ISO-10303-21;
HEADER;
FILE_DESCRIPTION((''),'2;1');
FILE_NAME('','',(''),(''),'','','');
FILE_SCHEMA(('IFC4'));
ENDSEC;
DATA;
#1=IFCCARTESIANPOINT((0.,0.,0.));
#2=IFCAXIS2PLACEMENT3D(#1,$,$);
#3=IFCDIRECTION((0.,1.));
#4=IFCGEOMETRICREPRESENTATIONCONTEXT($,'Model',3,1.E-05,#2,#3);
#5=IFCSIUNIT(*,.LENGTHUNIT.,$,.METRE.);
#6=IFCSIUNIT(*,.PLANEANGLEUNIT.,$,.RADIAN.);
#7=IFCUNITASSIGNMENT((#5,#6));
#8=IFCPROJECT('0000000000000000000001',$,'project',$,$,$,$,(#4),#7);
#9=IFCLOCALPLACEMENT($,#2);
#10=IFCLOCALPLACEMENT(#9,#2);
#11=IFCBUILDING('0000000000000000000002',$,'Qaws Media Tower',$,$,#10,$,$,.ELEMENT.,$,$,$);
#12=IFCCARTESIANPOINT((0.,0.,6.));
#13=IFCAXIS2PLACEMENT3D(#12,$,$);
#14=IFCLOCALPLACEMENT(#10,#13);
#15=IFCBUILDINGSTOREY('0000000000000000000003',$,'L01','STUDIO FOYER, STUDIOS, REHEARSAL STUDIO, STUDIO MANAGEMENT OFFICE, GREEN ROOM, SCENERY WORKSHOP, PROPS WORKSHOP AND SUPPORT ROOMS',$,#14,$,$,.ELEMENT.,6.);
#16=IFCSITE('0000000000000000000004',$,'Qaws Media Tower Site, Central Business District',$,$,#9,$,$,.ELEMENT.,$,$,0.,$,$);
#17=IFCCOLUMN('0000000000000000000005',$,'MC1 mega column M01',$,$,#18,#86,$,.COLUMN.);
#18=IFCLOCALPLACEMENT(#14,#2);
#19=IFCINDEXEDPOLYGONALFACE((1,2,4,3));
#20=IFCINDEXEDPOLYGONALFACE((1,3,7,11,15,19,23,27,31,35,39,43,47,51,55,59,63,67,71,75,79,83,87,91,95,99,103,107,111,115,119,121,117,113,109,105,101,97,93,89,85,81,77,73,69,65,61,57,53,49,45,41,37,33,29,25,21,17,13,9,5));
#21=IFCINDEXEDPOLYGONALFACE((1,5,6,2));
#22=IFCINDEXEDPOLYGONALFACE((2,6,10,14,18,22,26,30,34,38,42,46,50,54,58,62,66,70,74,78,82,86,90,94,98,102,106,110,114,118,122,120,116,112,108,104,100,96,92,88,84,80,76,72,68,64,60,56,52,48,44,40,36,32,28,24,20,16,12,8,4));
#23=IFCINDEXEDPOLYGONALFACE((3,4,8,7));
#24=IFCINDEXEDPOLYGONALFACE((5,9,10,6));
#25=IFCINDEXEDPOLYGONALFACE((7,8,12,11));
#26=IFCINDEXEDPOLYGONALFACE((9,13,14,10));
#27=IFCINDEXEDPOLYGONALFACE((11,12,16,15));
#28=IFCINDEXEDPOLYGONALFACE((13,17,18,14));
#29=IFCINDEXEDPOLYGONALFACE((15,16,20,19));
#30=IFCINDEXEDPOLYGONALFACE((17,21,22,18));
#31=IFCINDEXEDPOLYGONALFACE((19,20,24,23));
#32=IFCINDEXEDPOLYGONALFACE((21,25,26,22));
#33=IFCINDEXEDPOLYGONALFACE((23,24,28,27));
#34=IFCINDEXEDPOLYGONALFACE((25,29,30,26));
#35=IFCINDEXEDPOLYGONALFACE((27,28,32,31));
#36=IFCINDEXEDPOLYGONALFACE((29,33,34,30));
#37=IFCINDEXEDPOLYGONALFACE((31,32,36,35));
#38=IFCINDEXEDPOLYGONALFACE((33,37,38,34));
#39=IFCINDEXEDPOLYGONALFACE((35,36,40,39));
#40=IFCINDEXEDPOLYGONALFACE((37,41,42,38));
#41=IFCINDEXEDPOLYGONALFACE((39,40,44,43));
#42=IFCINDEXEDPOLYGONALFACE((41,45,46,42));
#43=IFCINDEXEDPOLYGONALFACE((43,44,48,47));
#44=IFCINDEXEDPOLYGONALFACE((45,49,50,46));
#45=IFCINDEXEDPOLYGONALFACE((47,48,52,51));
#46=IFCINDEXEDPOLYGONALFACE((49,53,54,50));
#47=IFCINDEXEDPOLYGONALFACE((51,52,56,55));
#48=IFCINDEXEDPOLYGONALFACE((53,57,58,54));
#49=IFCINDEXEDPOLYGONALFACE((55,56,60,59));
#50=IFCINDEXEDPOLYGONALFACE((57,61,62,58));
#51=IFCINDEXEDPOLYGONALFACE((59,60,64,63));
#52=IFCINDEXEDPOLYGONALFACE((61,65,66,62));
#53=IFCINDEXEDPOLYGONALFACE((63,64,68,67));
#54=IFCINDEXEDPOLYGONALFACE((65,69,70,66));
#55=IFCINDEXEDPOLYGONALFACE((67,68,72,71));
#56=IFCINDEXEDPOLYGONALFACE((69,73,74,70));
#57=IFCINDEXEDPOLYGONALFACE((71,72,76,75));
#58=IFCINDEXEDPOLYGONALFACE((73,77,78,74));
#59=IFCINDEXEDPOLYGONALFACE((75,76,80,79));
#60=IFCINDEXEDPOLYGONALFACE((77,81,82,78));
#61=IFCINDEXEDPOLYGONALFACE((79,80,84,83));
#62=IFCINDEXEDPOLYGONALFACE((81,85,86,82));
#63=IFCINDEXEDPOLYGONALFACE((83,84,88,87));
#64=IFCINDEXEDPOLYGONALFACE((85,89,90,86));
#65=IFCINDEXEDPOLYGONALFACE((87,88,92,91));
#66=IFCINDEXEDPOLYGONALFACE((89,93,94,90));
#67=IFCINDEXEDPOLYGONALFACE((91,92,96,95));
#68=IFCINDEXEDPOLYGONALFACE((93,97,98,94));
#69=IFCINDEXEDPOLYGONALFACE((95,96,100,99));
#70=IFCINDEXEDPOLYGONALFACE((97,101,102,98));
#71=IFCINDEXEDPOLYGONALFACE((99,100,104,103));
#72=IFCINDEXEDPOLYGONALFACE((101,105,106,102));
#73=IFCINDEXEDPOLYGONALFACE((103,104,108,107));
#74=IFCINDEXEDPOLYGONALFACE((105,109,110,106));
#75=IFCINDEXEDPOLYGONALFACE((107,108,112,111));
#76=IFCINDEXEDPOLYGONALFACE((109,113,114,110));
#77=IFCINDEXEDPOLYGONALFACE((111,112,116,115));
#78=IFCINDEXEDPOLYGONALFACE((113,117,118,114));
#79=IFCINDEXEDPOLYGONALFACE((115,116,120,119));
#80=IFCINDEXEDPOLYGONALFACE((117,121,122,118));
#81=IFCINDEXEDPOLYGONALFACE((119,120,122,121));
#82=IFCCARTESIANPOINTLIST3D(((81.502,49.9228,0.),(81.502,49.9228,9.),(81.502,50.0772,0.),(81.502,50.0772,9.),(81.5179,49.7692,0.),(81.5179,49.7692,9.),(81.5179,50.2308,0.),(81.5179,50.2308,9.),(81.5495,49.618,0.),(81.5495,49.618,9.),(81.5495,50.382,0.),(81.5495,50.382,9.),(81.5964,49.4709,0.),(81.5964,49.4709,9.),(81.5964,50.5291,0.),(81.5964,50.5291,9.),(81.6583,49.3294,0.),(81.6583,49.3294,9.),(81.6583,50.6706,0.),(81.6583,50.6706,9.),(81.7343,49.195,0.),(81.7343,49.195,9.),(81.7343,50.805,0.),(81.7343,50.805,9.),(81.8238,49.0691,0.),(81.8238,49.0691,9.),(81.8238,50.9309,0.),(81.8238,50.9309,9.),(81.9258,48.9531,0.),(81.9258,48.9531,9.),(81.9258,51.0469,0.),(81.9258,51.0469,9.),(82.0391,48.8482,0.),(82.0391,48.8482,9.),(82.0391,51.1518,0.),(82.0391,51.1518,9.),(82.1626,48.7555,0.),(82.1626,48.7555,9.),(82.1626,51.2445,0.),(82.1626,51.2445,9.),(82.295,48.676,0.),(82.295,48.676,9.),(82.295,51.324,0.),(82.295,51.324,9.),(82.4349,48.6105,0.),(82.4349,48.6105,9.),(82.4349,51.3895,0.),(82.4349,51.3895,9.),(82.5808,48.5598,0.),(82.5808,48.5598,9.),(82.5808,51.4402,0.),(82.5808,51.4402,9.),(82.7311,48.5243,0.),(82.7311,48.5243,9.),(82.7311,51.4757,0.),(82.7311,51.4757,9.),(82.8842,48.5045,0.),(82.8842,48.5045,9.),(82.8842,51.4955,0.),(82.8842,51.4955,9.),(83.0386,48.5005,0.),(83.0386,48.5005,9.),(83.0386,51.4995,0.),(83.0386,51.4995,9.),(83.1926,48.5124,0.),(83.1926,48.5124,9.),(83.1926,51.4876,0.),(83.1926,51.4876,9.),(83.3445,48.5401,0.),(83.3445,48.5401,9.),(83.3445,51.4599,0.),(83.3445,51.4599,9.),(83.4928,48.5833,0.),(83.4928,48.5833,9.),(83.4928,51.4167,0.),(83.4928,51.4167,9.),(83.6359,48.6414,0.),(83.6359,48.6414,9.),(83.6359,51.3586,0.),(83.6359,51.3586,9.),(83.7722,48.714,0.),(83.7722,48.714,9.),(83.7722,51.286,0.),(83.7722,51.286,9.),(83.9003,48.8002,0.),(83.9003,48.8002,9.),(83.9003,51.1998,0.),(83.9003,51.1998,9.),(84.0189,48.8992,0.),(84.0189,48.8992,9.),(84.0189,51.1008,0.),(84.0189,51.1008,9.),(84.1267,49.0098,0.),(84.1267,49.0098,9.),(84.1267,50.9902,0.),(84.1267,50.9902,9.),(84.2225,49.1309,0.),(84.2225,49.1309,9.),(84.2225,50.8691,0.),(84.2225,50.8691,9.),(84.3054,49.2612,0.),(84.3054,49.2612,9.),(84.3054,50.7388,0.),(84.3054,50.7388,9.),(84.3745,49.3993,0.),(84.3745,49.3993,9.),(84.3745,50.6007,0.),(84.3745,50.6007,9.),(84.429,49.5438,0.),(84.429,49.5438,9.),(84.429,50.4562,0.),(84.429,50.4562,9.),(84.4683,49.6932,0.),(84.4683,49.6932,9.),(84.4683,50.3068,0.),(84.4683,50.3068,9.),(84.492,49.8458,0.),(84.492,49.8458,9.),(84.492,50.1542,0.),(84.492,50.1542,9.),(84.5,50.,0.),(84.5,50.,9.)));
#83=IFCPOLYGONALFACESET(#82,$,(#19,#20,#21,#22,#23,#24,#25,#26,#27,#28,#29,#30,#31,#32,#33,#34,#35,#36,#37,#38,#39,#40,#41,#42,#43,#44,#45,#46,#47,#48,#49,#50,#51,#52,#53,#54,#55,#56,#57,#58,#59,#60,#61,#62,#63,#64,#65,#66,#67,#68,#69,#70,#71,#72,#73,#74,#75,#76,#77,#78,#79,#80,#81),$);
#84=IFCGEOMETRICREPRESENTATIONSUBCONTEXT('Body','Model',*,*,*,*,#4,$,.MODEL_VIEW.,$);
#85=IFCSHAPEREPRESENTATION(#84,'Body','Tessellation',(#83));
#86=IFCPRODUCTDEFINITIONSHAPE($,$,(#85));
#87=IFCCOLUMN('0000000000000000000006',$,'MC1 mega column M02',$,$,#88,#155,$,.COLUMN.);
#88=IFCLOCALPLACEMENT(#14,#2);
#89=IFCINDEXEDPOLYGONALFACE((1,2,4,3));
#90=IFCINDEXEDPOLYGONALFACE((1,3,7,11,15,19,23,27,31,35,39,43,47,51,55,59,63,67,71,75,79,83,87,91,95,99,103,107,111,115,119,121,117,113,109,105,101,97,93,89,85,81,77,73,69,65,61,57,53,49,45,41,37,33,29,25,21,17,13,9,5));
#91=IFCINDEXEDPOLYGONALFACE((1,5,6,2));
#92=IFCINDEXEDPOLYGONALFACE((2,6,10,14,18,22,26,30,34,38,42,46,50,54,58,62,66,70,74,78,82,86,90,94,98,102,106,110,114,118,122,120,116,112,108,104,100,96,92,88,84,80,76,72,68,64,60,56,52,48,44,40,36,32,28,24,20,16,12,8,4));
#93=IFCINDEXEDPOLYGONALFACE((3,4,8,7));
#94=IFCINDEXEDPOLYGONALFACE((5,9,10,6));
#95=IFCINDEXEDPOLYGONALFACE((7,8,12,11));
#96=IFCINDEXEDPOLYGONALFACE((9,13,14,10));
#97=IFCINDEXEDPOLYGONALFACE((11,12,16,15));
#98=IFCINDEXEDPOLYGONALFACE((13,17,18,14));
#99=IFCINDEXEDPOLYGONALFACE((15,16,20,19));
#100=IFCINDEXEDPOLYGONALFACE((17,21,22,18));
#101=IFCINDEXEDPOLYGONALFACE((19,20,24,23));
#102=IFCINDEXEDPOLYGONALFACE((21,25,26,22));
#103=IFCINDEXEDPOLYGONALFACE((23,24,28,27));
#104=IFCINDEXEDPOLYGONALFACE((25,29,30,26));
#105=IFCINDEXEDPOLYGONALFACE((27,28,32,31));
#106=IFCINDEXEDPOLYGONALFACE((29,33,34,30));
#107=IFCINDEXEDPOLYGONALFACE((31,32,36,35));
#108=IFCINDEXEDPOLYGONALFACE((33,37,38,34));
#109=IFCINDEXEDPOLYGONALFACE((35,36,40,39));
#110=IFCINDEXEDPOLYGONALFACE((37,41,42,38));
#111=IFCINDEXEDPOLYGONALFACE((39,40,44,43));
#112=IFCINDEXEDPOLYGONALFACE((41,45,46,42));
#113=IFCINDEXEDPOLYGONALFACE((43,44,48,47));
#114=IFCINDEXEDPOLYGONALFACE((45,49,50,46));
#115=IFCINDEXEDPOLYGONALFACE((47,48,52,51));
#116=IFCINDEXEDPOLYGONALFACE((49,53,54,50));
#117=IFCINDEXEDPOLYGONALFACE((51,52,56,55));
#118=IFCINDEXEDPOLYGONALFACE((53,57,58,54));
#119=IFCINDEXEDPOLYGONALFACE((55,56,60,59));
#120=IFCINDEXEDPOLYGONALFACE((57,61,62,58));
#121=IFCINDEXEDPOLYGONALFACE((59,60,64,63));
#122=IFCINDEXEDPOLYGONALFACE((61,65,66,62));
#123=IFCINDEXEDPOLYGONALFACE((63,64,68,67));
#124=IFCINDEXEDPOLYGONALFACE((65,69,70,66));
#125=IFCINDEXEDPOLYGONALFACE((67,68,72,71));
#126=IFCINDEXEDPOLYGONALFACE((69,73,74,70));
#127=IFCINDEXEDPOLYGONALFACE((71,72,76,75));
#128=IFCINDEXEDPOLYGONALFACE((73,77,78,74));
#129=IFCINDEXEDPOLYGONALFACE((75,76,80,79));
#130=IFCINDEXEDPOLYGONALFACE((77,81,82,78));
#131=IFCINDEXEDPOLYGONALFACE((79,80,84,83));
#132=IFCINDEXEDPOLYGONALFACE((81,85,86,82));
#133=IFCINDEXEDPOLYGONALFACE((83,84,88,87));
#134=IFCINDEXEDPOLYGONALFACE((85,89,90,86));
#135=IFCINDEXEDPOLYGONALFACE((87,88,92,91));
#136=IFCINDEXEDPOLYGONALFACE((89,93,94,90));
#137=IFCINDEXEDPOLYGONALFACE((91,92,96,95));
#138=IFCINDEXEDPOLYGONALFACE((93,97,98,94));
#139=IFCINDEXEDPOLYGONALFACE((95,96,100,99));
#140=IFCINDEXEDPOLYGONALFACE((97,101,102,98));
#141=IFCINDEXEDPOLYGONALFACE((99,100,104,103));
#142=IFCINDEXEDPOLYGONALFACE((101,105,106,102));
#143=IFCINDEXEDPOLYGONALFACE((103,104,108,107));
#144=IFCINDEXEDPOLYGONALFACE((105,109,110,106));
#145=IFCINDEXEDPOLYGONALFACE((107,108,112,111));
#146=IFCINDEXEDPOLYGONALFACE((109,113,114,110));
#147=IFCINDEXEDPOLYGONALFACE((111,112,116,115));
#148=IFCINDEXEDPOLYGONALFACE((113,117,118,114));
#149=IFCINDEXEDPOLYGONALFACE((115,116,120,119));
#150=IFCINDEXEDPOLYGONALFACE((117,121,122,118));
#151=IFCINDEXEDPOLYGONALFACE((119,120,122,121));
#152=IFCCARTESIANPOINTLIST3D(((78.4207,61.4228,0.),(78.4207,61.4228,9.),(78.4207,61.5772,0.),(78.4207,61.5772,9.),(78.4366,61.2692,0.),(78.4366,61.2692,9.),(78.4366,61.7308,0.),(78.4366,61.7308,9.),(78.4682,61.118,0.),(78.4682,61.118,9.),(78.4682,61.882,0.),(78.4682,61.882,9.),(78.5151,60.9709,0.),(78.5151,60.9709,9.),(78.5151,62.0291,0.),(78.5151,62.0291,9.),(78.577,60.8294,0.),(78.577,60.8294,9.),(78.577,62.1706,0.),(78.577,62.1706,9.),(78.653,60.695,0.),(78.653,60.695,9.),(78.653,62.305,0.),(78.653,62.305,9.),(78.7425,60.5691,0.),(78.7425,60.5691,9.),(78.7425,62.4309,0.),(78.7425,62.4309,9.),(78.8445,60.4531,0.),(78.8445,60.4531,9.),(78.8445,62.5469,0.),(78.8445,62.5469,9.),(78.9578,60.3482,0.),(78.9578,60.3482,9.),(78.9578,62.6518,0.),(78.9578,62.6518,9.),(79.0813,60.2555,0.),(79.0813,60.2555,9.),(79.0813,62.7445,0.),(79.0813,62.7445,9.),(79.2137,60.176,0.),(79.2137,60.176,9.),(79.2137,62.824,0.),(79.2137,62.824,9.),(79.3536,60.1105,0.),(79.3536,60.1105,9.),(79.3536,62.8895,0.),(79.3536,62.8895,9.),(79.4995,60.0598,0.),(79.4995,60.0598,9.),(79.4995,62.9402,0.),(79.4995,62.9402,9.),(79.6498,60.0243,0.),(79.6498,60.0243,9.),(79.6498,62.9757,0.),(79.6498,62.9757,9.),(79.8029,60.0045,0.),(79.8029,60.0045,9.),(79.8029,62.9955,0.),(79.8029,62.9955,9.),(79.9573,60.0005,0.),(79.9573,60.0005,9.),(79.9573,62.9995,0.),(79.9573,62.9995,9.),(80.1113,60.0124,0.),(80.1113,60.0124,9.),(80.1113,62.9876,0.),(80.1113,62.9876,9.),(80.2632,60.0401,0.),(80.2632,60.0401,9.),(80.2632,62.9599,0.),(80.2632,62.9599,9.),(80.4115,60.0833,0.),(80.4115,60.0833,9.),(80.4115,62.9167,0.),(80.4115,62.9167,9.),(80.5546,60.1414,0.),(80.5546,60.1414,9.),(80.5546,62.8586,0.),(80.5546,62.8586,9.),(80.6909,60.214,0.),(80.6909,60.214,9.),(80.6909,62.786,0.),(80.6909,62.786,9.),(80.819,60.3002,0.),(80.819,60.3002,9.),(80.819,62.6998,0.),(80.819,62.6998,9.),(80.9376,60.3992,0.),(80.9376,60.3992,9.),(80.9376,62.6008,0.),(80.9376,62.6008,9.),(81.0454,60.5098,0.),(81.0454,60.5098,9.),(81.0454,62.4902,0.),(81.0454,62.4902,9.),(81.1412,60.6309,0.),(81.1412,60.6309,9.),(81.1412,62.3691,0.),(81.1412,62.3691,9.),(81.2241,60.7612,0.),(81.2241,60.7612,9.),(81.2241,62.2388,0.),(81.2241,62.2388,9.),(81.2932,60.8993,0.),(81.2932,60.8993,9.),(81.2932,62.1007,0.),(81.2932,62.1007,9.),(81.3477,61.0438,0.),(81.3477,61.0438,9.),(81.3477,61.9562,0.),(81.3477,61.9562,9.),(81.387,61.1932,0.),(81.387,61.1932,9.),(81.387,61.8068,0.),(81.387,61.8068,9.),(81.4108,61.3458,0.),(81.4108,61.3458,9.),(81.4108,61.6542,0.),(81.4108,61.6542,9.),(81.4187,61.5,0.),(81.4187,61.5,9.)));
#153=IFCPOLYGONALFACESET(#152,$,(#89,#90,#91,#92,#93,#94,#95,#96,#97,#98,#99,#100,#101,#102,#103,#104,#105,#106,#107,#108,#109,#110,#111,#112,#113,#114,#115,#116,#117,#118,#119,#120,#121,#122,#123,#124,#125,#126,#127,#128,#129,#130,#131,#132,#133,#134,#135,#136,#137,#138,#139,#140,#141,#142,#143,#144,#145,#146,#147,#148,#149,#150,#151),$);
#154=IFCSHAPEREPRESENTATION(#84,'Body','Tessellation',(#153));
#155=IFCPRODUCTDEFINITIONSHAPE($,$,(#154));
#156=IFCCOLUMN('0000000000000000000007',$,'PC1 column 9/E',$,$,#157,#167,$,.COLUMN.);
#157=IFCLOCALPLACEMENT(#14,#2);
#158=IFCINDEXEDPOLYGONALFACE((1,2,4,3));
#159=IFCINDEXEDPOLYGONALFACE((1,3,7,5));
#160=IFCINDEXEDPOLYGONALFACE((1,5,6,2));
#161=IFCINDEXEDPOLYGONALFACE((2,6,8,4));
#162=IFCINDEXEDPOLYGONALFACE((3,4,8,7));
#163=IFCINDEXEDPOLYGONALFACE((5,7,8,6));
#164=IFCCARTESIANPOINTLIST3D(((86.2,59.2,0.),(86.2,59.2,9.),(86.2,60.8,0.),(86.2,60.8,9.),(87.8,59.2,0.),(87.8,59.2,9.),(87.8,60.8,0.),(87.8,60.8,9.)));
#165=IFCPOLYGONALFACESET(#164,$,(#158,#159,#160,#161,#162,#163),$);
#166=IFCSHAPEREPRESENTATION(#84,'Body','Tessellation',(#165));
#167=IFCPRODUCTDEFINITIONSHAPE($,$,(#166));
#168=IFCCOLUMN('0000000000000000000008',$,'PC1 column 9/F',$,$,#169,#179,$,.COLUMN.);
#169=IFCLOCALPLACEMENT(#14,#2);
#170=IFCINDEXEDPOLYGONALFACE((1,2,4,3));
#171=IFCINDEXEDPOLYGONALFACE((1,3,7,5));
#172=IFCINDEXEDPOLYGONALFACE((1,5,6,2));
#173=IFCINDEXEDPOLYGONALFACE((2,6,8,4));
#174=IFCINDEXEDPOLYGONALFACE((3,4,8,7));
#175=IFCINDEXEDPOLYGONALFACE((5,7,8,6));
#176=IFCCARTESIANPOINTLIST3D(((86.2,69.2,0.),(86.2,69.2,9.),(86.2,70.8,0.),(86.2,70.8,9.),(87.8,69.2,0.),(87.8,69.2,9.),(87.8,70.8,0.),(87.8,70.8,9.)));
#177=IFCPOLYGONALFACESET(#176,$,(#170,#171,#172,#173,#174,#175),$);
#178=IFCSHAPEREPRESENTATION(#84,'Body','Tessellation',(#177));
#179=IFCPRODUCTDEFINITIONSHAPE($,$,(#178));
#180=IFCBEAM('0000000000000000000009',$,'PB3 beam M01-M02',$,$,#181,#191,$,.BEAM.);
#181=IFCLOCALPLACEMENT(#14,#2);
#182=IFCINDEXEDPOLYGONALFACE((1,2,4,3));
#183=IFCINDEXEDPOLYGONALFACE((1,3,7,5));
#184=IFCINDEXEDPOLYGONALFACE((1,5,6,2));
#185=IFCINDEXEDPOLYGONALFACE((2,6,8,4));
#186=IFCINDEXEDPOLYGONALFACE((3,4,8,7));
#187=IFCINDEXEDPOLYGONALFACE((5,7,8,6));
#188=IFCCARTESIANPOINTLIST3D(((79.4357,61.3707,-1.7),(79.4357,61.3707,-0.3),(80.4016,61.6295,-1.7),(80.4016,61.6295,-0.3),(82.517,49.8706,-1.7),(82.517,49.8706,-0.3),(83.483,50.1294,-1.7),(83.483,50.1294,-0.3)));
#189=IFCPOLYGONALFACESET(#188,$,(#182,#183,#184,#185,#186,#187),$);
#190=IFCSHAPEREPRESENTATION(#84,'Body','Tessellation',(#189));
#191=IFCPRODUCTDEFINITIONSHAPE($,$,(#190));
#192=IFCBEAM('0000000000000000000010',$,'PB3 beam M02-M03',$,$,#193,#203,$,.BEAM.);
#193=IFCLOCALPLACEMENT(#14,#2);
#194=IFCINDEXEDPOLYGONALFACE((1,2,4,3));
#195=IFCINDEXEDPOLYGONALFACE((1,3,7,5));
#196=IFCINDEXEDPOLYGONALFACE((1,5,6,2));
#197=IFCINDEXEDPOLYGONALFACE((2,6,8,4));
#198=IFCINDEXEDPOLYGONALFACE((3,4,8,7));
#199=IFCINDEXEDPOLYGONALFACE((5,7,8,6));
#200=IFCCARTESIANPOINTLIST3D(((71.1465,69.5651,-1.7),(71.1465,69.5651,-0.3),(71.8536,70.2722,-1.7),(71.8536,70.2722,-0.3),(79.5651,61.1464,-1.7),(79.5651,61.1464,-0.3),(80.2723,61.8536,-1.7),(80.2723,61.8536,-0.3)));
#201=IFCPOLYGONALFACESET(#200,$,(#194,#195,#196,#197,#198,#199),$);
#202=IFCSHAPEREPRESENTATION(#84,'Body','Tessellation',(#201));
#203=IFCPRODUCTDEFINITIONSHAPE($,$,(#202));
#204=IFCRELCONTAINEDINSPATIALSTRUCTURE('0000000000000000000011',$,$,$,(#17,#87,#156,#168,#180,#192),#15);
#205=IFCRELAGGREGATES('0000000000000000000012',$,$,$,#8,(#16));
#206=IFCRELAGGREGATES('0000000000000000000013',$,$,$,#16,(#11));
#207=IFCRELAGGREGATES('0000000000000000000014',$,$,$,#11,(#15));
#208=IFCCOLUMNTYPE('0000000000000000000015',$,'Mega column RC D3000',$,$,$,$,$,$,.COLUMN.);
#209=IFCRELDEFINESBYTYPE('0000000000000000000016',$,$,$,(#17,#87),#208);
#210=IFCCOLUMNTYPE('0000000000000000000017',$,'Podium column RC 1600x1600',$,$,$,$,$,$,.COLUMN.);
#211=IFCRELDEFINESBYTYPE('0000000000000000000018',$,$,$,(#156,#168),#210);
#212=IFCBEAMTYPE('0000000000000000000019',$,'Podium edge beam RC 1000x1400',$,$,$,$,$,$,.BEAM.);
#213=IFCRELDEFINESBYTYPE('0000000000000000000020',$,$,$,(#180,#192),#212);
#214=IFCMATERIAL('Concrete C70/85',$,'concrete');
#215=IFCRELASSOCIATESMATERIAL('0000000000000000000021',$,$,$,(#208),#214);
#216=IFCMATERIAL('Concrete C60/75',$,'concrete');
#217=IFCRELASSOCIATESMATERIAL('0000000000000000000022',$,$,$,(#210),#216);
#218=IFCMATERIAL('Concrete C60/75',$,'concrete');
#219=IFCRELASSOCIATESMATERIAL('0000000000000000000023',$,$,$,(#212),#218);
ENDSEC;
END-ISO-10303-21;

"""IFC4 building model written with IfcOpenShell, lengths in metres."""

from ifc_helpers import new_model, si_unit, direction, frame, origin, origin_2d, place, context, subcontext, project, spatial, rectangle, circle, extrude, material, material_profile, profile_set, type_object, element, save


model = new_model("IFC4")

# Units and contexts
model_context = context("Model", 3, precision=1e-05, world=origin(), true_north=direction((0.0, 1.0)))
body_context = subcontext(model_context, "Body", "Model", "MODEL_VIEW")
ifc_project = project(units=[si_unit("LENGTHUNIT", "METRE"), si_unit("PLANEANGLEUNIT", "RADIAN")], contexts=[model_context])

# Site, building, storey
site_placement = place(None, origin())
site = spatial("IfcSite", under=ifc_project, at=site_placement, Name="Qaws Media Tower Site, Central Business District", CompositionType="ELEMENT", RefElevation=0.0)
building_placement = place(site_placement, origin())
building = spatial("IfcBuilding", under=site, at=building_placement, Name="Qaws Media Tower", CompositionType="ELEMENT")
storey_placement = place(building_placement, frame((0.0, 0.0, 6.0)))
storey = spatial("IfcBuildingStorey", under=building, at=storey_placement, Name="L01", Description="STUDIO FOYER, STUDIOS, REHEARSAL STUDIO, STUDIO MANAGEMENT OFFICE, GREEN ROOM, SCENERY WORKSHOP, PROPS WORKSHOP AND SUPPORT ROOMS", CompositionType="ELEMENT", Elevation=6.0)

# Columns
ifc_material_1 = material(Name="Concrete C70/85", Category="concrete")
ifc_material_profile_1 = material_profile(ifc_material_1, circle(Radius=1.5, at=origin_2d()), Name="RC D3000")
ifc_profile_set_1 = profile_set([ifc_material_profile_1], Name="Concrete C70/85")
column_type_1 = type_object("IfcColumnType", Name="Mega column RC D3000", PredefinedType="COLUMN", material=ifc_profile_set_1)
for number, where, z_axis, x_axis, name in (
    (1, (83.0, 50.0, 0.0), (0.0, 0.0, 1.0), (1.0, 0.0, 0.0), "MC1 mega column M01"),
    (2, (79.9187, 61.5, 0.0), (0.0, 0.0, 1.0), (1.0, 0.0, 0.0), "MC1 mega column M02"),
):
    element("IfcColumn", number, at=place(storey_placement, frame(where, z_axis=z_axis, x_axis=x_axis)), inside=storey, type_object=column_type_1, Name=name, PredefinedType="COLUMN", context=body_context, shape_type="SweptSolid", body=[
        extrude(circle(Radius=1.5, at=origin_2d()), origin(), (0.0, 0.0, 1.0), 9.0),
    ])
ifc_material_2 = material(Name="Concrete C60/75", Category="concrete")
ifc_material_profile_2 = material_profile(ifc_material_2, rectangle(XDim=1.6001, YDim=1.6001, at=origin_2d()), Name="RC 1600x1600")
ifc_profile_set_2 = profile_set([ifc_material_profile_2], Name="Concrete C60/75")
column_type_2 = type_object("IfcColumnType", Name="Podium column RC 1600x1600", PredefinedType="COLUMN", material=ifc_profile_set_2)
for number, where, z_axis, x_axis, name in (
    (3, (87.0, 60.0, 0.0), (0.0, 0.0, 1.0), (1.0, 0.0, 0.0), "PC1 column 9/E"),
    (4, (87.0, 70.0, 0.0), (0.0, 0.0, 1.0), (1.0, 0.0, 0.0), "PC1 column 9/F"),
):
    element("IfcColumn", number, at=place(storey_placement, frame(where, z_axis=z_axis, x_axis=x_axis)), inside=storey, type_object=column_type_2, Name=name, PredefinedType="COLUMN", context=body_context, shape_type="SweptSolid", body=[
        extrude(rectangle(XDim=1.6001, YDim=1.6001, at=origin_2d()), origin(), (0.0, 0.0, 1.0), 9.0),
    ])

# Beams
ifc_material_3 = material(Name="Concrete C60/75", Category="concrete")
ifc_material_profile_3 = material_profile(ifc_material_3, rectangle(XDim=1.0, YDim=1.3999, at=origin_2d()), Name="RC 1000x1400")
ifc_profile_set_3 = profile_set([ifc_material_profile_3], Name="Concrete C60/75")
beam_type_1 = type_object("IfcBeamType", Name="Podium edge beam RC 1000x1400", PredefinedType="BEAM", material=ifc_profile_set_3)
for number, where, z_axis, x_axis, name in (
    (5, (83.0, 50.0, -1.0), (-0.25881, 0.965928, 0.0), (-0.965928, -0.25881, 0.0), "PB3 beam M01-M02"),
    (6, (79.9187, 61.5, -1.0), (-0.707107, 0.707107, 0.0), (-0.707107, -0.707107, 0.0), "PB3 beam M02-M03"),
):
    element("IfcBeam", number, at=place(storey_placement, frame(where, z_axis=z_axis, x_axis=x_axis)), inside=storey, type_object=beam_type_1, Name=name, PredefinedType="BEAM", context=body_context, shape_type="SweptSolid", body=[
        extrude(rectangle(XDim=1.0, YDim=1.3999, at=origin_2d()), origin(), (0.0, 0.0, 1.0), 11.9058),
    ])

save(model, "model.ifc")
